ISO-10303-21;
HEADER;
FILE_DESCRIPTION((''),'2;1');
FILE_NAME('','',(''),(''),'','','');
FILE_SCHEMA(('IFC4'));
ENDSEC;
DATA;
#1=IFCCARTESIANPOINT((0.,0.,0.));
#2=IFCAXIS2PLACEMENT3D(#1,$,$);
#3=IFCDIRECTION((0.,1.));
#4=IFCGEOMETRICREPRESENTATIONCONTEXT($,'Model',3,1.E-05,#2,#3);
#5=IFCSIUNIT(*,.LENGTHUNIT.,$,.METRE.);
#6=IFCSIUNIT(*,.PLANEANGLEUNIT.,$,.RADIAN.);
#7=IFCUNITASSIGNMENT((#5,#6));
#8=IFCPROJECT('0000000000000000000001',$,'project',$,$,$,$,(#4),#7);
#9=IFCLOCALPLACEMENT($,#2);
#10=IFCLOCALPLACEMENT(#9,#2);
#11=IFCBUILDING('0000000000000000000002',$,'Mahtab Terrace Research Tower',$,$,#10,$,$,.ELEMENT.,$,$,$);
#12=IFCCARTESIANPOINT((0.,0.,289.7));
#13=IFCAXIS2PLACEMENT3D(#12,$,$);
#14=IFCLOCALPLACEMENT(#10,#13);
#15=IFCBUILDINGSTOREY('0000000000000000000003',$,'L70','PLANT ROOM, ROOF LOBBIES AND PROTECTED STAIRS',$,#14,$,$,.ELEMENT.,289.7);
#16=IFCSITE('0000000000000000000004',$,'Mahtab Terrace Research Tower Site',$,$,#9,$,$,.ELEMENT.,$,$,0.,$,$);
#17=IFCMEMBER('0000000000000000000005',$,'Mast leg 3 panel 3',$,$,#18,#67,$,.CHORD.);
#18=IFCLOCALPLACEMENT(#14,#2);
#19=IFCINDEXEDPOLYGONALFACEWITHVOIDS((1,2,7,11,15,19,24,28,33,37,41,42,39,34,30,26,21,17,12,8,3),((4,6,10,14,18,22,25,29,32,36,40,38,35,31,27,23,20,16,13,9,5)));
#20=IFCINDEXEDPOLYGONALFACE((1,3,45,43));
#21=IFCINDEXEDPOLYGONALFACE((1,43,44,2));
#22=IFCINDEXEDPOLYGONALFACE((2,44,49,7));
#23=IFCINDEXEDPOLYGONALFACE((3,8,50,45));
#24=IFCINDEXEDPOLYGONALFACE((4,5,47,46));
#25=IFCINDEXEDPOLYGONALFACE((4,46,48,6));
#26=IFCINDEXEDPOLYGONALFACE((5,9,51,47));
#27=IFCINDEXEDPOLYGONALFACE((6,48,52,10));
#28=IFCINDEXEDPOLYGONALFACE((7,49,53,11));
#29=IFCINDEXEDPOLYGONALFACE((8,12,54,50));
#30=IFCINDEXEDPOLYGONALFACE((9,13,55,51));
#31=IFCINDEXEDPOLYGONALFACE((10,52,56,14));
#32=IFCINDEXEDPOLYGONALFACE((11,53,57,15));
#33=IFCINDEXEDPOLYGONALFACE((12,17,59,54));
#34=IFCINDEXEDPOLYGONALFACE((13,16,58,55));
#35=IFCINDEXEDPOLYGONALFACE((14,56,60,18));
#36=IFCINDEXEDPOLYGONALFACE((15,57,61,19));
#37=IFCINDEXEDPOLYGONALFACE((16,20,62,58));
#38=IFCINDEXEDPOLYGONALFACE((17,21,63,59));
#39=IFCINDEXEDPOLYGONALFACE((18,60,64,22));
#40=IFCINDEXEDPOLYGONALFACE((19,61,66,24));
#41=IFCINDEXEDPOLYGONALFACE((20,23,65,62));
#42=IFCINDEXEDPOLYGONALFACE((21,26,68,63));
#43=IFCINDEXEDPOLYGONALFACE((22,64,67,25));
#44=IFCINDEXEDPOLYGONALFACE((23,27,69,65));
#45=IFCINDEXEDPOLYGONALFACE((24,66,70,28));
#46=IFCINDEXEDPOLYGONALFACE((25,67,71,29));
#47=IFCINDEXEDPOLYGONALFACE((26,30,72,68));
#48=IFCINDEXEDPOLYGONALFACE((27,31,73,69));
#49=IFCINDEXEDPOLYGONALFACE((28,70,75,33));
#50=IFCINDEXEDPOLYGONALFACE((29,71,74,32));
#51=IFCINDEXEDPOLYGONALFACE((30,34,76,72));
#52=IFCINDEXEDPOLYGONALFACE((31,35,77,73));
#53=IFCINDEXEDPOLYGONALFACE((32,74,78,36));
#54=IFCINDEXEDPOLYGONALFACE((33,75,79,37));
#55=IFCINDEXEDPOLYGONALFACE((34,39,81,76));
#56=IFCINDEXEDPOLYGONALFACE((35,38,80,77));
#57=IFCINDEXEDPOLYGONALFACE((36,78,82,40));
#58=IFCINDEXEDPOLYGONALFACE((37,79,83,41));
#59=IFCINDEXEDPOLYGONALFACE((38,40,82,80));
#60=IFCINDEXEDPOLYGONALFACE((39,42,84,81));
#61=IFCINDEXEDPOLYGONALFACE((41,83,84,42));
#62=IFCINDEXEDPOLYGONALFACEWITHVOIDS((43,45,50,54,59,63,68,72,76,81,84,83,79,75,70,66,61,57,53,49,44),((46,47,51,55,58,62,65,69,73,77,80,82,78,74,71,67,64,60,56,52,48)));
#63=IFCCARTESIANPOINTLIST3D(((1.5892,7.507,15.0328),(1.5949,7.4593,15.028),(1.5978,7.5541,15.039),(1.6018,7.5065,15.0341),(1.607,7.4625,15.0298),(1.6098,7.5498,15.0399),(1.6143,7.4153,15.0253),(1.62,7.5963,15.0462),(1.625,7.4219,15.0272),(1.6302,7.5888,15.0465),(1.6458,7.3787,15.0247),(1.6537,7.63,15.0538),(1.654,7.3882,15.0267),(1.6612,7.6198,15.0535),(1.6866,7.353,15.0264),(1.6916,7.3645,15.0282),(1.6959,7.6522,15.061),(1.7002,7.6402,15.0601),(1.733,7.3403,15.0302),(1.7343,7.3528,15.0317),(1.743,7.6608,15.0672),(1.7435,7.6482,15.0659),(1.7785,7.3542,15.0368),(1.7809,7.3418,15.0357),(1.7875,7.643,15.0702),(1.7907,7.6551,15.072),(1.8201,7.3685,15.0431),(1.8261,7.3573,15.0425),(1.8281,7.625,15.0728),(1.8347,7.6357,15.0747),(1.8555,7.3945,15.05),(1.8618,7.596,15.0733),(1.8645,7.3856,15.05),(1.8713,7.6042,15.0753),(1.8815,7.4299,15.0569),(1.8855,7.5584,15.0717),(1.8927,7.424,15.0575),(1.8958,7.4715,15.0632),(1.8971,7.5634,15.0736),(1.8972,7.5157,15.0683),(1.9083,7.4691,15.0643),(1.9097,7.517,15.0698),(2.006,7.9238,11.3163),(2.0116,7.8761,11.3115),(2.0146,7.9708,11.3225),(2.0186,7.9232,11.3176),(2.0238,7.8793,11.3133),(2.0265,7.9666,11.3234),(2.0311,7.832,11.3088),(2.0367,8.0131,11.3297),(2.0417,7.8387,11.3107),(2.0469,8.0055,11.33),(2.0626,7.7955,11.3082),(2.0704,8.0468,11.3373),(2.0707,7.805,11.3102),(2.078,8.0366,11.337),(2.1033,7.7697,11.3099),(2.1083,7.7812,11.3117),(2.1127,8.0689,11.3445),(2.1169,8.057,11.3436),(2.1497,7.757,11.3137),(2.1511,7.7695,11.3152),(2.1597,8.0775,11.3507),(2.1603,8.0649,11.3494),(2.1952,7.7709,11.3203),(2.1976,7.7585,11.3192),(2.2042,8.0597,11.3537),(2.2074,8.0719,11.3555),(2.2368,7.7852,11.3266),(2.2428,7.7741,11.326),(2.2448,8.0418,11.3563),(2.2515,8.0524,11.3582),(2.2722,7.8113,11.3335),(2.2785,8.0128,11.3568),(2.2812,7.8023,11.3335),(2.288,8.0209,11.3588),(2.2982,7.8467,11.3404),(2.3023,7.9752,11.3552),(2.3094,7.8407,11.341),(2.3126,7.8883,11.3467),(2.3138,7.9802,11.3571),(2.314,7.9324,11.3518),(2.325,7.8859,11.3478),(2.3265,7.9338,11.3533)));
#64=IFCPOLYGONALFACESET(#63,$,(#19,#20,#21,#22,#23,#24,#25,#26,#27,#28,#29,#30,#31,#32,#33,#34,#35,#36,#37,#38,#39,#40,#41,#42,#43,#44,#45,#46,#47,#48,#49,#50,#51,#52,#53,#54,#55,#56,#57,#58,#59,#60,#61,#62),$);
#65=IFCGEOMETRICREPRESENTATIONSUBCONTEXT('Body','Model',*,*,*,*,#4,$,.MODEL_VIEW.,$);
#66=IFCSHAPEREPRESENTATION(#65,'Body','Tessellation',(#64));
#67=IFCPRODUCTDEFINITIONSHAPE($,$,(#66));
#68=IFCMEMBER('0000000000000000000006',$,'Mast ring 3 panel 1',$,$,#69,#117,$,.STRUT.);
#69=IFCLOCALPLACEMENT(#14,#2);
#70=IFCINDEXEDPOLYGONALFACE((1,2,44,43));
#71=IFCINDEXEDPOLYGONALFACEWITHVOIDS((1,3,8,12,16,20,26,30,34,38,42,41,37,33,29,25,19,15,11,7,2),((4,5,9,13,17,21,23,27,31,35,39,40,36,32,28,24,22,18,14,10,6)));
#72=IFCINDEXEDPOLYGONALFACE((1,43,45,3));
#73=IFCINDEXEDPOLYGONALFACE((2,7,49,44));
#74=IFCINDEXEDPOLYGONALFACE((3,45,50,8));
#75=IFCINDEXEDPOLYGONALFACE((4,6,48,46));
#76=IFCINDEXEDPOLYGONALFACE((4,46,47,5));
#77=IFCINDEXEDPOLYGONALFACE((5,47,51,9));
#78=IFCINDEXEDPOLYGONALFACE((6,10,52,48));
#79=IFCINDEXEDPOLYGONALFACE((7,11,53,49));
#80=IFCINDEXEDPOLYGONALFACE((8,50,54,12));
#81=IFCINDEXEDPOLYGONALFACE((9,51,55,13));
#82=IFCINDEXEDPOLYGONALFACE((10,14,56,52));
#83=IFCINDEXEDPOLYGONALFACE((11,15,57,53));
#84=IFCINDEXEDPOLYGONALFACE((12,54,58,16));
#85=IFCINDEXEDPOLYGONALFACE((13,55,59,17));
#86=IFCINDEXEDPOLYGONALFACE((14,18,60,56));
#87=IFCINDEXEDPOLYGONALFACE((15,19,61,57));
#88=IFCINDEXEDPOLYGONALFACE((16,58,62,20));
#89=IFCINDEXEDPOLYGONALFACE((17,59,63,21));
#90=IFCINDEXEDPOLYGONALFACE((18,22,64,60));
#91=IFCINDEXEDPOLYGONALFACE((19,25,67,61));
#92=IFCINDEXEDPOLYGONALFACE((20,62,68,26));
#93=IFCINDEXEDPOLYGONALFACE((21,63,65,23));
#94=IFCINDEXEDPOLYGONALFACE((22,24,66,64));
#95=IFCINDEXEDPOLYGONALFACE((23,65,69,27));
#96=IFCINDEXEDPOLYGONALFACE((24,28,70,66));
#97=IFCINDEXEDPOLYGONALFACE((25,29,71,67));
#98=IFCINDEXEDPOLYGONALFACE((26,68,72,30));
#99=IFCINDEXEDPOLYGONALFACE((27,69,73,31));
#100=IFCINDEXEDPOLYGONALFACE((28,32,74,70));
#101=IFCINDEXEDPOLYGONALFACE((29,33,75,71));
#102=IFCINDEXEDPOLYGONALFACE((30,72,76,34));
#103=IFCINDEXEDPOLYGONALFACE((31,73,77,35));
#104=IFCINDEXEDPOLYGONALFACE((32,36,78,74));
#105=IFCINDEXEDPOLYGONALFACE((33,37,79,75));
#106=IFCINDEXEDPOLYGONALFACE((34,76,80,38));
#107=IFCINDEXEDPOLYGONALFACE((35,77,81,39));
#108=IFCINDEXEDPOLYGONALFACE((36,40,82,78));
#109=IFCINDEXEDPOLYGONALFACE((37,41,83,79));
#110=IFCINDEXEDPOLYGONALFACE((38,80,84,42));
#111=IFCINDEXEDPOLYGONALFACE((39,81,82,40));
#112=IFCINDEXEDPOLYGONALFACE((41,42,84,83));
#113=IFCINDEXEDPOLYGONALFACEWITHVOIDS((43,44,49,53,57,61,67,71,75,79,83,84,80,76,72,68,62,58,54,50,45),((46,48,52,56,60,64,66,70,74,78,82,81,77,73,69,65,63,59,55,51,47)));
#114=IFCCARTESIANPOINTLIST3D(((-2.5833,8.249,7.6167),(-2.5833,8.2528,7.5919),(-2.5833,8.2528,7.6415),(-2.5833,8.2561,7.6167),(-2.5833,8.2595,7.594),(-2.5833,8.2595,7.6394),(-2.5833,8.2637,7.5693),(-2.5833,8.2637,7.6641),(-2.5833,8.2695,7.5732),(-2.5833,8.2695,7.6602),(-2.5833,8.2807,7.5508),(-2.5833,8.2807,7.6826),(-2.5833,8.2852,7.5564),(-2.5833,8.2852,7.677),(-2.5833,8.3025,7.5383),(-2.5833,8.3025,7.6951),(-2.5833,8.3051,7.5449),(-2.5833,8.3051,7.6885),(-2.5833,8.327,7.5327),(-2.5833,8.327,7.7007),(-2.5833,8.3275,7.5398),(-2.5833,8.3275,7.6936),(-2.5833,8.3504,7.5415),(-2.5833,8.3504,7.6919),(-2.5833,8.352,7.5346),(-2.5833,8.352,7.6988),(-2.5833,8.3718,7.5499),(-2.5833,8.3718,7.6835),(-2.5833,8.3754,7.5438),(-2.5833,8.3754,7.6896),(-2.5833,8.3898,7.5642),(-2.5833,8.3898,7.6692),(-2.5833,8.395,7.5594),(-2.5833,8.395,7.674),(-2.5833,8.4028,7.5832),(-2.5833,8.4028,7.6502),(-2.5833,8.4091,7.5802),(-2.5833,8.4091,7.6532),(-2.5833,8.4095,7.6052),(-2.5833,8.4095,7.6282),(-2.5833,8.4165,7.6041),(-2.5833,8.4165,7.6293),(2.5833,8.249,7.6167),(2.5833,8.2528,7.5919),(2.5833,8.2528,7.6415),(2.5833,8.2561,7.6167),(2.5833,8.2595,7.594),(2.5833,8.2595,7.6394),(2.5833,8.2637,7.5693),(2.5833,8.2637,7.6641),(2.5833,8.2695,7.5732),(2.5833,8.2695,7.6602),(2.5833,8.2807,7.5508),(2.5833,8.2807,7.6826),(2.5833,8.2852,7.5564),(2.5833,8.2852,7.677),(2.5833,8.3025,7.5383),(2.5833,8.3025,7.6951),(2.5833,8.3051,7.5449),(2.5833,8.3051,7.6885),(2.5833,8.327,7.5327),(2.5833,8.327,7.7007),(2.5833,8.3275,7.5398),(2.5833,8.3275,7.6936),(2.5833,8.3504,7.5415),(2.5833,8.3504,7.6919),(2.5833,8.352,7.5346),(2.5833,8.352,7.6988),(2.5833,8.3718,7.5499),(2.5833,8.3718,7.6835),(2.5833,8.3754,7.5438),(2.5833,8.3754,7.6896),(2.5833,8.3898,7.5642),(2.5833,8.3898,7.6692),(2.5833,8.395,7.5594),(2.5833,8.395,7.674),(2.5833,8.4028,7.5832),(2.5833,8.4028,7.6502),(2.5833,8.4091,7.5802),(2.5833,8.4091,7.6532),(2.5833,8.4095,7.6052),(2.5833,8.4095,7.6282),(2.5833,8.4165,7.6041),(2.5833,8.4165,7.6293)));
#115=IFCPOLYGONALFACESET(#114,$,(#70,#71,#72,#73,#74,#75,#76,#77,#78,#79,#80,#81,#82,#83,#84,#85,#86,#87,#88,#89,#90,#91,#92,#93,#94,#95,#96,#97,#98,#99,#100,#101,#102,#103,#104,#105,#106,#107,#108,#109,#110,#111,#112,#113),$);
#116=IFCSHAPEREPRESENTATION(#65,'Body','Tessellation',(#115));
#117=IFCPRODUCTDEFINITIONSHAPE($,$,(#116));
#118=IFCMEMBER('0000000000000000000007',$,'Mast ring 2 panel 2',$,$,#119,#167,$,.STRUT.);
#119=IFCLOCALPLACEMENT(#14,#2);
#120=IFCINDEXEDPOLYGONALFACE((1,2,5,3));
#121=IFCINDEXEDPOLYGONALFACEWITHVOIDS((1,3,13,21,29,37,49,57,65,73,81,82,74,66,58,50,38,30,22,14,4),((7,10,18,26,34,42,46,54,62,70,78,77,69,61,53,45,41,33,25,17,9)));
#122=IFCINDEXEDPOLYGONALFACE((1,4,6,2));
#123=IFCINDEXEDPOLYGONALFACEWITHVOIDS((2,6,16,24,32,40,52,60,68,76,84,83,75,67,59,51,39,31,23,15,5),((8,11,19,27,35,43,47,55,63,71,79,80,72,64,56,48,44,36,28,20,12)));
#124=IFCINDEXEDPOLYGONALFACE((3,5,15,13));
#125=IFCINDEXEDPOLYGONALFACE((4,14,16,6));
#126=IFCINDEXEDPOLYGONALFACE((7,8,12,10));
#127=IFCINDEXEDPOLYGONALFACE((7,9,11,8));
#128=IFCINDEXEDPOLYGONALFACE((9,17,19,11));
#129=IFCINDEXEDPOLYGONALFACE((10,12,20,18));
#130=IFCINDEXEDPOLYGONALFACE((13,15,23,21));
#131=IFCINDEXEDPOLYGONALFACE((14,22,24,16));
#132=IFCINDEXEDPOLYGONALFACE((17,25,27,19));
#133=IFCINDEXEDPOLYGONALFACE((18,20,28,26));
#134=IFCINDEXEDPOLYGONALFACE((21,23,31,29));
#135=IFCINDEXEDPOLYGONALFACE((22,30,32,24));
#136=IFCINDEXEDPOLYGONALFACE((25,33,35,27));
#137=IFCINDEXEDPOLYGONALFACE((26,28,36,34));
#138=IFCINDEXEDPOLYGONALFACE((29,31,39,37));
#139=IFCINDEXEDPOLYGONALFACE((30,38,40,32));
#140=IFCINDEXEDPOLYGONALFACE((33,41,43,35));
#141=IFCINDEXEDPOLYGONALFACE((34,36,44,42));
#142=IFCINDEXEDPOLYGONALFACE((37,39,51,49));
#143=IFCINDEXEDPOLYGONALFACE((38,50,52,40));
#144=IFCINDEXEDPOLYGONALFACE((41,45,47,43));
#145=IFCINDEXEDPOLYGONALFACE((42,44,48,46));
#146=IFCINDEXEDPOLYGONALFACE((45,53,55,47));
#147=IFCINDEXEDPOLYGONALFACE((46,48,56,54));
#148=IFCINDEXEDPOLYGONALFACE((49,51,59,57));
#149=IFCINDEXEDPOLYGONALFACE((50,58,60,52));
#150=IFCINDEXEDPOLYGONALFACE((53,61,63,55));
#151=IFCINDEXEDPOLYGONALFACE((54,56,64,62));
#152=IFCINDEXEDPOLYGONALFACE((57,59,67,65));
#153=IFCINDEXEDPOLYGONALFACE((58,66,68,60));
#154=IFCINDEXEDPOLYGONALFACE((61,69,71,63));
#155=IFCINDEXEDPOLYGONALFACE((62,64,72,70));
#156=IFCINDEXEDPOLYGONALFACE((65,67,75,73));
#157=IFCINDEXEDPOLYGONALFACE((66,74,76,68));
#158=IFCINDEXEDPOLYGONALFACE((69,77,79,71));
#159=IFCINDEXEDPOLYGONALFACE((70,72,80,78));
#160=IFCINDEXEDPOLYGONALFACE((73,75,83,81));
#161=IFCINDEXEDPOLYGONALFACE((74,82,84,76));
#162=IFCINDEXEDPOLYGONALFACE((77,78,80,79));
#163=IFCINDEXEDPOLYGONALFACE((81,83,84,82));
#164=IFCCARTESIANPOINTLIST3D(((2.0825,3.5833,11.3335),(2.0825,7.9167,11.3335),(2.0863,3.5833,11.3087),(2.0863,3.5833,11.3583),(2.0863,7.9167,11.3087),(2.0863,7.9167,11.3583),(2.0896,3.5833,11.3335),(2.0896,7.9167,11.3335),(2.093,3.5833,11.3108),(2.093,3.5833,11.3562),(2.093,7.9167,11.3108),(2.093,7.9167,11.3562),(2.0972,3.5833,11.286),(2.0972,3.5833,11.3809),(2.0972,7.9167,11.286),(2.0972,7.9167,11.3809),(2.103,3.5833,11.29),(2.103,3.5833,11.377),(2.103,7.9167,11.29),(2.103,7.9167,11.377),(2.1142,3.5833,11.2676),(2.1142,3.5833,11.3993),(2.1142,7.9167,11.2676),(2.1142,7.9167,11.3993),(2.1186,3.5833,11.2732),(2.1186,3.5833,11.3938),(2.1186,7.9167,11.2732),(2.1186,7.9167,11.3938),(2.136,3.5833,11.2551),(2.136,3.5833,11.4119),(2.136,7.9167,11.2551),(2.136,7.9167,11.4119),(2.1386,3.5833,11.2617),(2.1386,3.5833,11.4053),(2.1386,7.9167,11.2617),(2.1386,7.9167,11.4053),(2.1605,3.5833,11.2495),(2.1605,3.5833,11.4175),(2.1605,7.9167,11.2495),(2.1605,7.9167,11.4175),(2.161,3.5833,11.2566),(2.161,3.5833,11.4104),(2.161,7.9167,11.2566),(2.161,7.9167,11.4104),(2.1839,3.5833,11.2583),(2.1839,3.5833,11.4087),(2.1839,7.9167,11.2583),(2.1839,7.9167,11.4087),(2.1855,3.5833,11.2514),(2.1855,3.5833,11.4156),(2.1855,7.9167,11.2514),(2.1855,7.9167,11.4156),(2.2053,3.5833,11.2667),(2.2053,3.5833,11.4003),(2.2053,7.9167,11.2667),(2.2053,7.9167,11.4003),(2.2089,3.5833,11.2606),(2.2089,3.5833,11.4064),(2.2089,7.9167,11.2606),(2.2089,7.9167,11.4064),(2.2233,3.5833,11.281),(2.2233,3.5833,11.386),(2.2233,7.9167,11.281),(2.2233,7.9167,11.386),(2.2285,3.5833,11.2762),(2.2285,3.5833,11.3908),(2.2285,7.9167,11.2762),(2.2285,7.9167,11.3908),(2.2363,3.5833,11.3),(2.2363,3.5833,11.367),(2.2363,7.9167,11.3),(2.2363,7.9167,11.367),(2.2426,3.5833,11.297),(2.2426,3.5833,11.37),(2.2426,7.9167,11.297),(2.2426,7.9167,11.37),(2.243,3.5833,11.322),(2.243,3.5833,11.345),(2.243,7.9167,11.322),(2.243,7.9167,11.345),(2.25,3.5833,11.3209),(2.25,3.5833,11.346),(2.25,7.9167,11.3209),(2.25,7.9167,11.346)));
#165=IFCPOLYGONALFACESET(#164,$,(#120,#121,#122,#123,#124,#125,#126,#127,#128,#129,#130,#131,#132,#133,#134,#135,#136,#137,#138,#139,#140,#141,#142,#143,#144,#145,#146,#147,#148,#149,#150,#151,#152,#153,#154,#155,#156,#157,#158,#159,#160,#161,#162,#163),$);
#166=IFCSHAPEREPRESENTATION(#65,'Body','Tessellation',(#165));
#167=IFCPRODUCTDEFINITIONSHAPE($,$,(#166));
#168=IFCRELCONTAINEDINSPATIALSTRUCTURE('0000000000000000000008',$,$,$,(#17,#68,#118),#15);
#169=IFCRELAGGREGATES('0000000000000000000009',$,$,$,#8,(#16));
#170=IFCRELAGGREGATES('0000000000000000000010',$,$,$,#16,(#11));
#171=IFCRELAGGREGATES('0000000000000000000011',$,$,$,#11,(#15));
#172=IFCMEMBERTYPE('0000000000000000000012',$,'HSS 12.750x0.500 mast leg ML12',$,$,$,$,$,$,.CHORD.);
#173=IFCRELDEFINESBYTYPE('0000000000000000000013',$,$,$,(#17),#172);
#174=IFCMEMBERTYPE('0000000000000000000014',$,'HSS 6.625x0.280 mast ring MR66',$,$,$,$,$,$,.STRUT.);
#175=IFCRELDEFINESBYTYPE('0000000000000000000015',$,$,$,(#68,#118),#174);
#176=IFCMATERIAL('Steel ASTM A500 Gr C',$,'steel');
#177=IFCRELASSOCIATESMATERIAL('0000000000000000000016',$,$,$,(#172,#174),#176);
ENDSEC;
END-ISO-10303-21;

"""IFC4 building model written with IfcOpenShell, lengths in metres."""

from ifc_helpers import new_model, si_unit, direction, frame, origin, origin_2d, place, context, subcontext, project, spatial, hollow_circle, extrude, material, material_profile, profile_set, type_object, element, save


model = new_model("IFC4")

# Units and contexts
model_context = context("Model", 3, precision=1e-05, world=origin(), true_north=direction((0.0, 1.0)))
body_context = subcontext(model_context, "Body", "Model", "MODEL_VIEW")
ifc_project = project(units=[si_unit("LENGTHUNIT", "METRE"), si_unit("PLANEANGLEUNIT", "RADIAN")], contexts=[model_context])

# Site, building, storey
site_placement = place(None, origin())
site = spatial("IfcSite", under=ifc_project, at=site_placement, Name="Mahtab Terrace Research Tower Site", CompositionType="ELEMENT", RefElevation=0.0)
building_placement = place(site_placement, origin())
building = spatial("IfcBuilding", under=site, at=building_placement, Name="Mahtab Terrace Research Tower", CompositionType="ELEMENT")
storey_placement = place(building_placement, frame((0.0, 0.0, 289.7)))
storey = spatial("IfcBuildingStorey", under=building, at=storey_placement, Name="L70", Description="PLANT ROOM, ROOF LOBBIES AND PROTECTED STAIRS", CompositionType="ELEMENT", Elevation=289.7)

# Members
ifc_material_1 = material(Name="Steel ASTM A500 Gr C", Category="steel")
ifc_material_profile_1 = material_profile(ifc_material_1, hollow_circle(Radius=0.1619, WallThickness=0.0127, at=origin_2d()), Name="HSS12.750X0.500")
ifc_profile_set_1 = profile_set([ifc_material_profile_1], Name="Steel ASTM A500 Gr C")
member_type_1 = type_object("IfcMemberType", Name="HSS 12.750x0.500 mast leg ML12", PredefinedType="CHORD", material=ifc_profile_set_1)
for number, where, z_axis, x_axis, name in (
    (1, (2.1667, 7.9167, 11.3335), (-0.110749, -0.110749, 0.987658), (0.707107, -0.707107, 0.0), "Mast leg 3 panel 3"),
):
    element("IfcMember", number, at=place(storey_placement, frame(where, z_axis=z_axis, x_axis=x_axis)), inside=storey, type_object=member_type_1, Name=name, PredefinedType="CHORD", context=body_context, shape_type="SweptSolid", body=[
        extrude(hollow_circle(Radius=0.1619, WallThickness=0.0127, at=origin_2d()), origin(), (0.0, 0.0, 1.0), 3.7629),
    ])
ifc_material_profile_2 = material_profile(ifc_material_1, hollow_circle(Radius=0.0842, WallThickness=0.0071, at=origin_2d()), Name="HSS6.625X0.280")
ifc_profile_set_2 = profile_set([ifc_material_profile_2], Name="Steel ASTM A500 Gr C")
member_type_2 = type_object("IfcMemberType", Name="HSS 6.625x0.280 mast ring MR66", PredefinedType="STRUT", material=ifc_profile_set_2)
member_1_placement = place(storey_placement, frame((2.5833, 8.3333, 7.6167), z_axis=(-1.0, 0.0, 0.0), x_axis=(0.0, -1.0, 0.0)))
element("IfcMember", 2, at=member_1_placement, inside=storey, type_object=member_type_2, Name="Mast ring 3 panel 1", PredefinedType="STRUT", context=body_context, shape_type="SweptSolid", body=[
    extrude(hollow_circle(Radius=0.0842, WallThickness=0.0071, at=origin_2d()), origin(), (0.0, 0.0, 1.0), 5.1665),
])
for number, where, z_axis, x_axis, name in (
    (3, (2.1667, 3.5833, 11.3335), (0.0, 1.0, 0.0), (-1.0, 0.0, 0.0), "Mast ring 2 panel 2"),
):
    element("IfcMember", number, at=place(storey_placement, frame(where, z_axis=z_axis, x_axis=x_axis)), inside=storey, type_object=member_type_2, Name=name, PredefinedType="STRUT", context=body_context, shape_type="SweptSolid", body=[
        extrude(hollow_circle(Radius=0.0842, WallThickness=0.0071, at=origin_2d()), origin(), (0.0, 0.0, 1.0), 4.3335),
    ])

save(model, "model.ifc")
